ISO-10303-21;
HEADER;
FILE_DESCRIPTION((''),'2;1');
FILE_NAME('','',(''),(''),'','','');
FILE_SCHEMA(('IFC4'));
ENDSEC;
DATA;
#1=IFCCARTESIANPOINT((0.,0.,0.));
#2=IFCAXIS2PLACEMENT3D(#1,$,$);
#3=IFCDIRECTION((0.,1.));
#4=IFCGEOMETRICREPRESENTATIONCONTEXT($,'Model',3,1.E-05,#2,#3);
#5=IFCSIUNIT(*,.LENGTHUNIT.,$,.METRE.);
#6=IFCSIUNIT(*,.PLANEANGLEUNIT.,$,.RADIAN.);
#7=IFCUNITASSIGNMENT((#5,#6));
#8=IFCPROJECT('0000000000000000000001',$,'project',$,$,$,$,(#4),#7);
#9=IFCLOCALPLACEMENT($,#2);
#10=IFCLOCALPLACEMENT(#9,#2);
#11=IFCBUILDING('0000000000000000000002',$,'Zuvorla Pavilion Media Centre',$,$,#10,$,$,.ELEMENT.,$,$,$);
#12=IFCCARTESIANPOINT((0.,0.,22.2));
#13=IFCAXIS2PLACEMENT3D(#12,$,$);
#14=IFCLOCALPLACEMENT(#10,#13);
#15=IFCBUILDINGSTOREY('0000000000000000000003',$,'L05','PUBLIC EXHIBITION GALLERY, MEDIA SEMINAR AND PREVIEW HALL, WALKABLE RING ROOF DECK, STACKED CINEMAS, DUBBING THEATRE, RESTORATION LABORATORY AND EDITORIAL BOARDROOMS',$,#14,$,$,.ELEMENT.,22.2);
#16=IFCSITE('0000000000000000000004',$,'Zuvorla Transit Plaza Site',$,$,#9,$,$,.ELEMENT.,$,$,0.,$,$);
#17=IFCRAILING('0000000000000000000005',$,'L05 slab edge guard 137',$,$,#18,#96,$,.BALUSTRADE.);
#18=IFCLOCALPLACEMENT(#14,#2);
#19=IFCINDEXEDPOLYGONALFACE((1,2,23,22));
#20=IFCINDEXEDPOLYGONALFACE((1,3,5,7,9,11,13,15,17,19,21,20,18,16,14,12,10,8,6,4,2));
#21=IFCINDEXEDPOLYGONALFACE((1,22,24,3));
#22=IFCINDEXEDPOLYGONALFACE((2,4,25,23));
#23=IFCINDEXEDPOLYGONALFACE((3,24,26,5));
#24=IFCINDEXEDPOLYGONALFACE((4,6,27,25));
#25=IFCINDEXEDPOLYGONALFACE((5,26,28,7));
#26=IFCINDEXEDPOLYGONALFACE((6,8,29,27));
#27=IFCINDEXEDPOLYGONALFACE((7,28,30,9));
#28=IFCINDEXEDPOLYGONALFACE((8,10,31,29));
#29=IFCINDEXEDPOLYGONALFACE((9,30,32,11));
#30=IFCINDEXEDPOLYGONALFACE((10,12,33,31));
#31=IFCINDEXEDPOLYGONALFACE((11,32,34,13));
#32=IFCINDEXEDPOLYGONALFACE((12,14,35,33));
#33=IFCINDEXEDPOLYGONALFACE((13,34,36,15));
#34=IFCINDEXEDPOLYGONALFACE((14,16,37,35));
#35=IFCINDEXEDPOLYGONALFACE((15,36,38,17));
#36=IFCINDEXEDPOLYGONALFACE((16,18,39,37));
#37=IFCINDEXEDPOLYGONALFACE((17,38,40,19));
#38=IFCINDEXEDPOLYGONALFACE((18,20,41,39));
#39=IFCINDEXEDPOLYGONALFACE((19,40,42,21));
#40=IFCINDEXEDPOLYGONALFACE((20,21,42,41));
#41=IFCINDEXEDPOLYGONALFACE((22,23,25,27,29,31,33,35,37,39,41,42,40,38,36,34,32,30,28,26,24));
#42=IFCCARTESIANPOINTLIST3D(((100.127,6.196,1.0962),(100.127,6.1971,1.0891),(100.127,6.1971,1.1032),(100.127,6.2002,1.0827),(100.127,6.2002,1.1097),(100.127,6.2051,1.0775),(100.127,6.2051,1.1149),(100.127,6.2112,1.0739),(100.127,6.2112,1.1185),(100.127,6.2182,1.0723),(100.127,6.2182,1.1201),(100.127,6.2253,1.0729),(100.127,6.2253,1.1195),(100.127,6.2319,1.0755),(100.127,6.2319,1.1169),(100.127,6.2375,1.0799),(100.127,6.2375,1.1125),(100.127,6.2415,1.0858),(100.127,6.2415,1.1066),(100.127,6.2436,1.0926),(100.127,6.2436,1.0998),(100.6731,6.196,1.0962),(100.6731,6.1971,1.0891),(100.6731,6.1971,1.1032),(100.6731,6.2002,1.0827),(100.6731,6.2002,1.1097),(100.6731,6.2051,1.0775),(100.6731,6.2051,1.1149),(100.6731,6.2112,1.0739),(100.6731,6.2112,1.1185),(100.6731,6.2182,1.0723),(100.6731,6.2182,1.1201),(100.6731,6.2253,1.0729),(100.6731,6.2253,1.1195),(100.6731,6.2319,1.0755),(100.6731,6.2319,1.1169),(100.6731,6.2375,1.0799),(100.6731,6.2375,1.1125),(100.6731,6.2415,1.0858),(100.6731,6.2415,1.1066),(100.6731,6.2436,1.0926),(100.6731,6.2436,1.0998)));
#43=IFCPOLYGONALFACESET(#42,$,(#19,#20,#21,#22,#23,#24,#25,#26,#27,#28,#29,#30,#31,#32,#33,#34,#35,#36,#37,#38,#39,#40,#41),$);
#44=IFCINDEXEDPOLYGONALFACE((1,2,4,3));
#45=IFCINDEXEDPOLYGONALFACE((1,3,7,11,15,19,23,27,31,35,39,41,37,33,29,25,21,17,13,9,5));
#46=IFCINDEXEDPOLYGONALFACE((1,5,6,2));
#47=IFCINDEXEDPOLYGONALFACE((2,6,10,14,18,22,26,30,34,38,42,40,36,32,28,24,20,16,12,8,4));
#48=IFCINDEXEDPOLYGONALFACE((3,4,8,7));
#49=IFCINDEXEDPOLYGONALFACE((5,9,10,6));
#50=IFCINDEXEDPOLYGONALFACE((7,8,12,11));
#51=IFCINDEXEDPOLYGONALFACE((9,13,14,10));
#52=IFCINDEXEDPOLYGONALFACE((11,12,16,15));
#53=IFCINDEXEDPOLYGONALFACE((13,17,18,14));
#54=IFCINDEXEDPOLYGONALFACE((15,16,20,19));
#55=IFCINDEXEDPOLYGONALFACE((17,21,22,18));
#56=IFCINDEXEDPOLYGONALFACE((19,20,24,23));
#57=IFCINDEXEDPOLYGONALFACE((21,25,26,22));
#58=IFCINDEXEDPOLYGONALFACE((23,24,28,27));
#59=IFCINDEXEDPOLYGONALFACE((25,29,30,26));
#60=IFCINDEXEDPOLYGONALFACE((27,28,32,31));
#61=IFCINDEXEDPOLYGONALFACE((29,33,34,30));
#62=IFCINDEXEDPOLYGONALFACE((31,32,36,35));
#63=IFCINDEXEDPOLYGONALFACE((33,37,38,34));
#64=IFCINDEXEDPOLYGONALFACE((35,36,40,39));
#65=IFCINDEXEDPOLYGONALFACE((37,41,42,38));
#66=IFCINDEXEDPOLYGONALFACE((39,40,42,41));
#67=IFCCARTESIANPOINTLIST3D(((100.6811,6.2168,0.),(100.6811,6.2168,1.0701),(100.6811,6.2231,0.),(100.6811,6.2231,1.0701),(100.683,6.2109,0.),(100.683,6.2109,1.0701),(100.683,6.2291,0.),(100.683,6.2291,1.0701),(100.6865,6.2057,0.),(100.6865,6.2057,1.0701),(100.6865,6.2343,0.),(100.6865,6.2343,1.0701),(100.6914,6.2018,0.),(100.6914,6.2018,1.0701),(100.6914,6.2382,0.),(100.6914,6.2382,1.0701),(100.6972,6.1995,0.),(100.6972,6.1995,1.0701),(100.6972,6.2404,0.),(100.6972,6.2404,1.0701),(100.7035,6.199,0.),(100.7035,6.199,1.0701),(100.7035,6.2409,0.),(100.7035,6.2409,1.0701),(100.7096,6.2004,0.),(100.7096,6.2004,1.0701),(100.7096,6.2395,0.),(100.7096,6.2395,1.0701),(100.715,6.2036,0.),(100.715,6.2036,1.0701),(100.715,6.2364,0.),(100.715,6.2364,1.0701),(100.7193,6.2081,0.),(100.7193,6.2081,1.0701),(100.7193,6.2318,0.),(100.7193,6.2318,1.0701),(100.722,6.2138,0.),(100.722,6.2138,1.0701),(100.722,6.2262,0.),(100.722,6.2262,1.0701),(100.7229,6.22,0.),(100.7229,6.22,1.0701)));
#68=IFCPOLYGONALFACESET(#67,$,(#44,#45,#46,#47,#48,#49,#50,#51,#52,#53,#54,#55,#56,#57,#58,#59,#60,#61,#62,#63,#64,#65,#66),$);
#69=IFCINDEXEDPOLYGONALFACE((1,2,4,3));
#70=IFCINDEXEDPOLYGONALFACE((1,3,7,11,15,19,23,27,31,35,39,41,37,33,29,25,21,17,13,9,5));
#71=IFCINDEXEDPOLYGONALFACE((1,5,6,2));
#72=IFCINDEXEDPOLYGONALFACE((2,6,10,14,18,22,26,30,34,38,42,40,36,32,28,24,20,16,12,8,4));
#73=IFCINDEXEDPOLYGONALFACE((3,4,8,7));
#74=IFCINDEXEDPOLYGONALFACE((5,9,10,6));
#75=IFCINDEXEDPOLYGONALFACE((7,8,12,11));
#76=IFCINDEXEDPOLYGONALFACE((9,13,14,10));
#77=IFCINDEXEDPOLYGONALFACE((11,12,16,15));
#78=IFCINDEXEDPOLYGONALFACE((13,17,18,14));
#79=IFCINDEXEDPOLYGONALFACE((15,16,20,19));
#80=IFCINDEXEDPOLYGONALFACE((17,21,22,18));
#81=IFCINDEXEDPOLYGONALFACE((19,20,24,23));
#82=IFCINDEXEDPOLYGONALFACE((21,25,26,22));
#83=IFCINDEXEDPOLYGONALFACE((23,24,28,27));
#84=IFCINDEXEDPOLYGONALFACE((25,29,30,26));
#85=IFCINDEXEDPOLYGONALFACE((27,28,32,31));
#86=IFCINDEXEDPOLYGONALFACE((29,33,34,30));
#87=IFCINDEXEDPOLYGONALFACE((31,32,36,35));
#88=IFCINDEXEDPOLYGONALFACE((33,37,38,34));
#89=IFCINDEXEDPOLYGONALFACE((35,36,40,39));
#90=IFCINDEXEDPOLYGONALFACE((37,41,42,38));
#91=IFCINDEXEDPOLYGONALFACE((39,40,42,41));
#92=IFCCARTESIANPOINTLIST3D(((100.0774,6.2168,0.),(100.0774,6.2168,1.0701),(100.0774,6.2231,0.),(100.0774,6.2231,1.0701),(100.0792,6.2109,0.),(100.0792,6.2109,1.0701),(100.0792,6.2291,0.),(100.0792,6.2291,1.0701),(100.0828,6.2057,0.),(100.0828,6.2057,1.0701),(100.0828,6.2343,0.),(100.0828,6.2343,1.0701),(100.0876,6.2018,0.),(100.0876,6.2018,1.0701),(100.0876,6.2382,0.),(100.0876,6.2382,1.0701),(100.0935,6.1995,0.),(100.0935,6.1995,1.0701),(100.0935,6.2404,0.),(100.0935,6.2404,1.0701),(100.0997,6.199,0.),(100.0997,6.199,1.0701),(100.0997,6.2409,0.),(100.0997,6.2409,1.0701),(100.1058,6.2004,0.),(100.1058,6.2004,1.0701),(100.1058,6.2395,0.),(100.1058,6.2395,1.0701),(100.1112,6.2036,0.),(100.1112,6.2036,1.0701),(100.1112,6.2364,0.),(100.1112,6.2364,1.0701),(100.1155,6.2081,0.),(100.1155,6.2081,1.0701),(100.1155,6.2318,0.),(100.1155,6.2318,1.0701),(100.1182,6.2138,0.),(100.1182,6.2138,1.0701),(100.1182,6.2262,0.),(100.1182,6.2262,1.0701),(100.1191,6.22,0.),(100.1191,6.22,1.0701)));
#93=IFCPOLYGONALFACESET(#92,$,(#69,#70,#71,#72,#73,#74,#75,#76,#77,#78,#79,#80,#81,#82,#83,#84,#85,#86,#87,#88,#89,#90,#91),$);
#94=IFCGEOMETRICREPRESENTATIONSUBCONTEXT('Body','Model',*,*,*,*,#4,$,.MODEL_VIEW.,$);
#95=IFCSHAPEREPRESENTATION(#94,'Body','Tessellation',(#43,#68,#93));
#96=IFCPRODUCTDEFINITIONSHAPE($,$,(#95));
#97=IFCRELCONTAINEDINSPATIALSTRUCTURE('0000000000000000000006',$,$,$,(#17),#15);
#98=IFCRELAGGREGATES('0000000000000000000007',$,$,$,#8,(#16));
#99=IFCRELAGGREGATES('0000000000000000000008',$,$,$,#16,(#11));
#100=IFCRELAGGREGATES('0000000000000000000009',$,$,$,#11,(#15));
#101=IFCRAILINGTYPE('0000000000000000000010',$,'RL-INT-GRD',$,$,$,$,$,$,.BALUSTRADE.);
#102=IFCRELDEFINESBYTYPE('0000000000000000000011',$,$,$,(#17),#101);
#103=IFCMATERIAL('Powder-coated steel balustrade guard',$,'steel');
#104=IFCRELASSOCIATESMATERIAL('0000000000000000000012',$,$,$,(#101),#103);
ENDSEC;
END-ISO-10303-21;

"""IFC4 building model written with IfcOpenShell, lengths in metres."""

from ifc_helpers import new_model, si_unit, direction, frame, origin, origin_2d, place, context, subcontext, project, spatial, circle, extrude, material, type_object, element, save


model = new_model("IFC4")

# Units and contexts
model_context = context("Model", 3, precision=1e-05, world=origin(), true_north=direction((0.0, 1.0)))
body_context = subcontext(model_context, "Body", "Model", "MODEL_VIEW")
ifc_project = project(units=[si_unit("LENGTHUNIT", "METRE"), si_unit("PLANEANGLEUNIT", "RADIAN")], contexts=[model_context])

# Site, building, storey
site_placement = place(None, origin())
site = spatial("IfcSite", under=ifc_project, at=site_placement, Name="Zuvorla Transit Plaza Site", CompositionType="ELEMENT", RefElevation=0.0)
building_placement = place(site_placement, origin())
building = spatial("IfcBuilding", under=site, at=building_placement, Name="Zuvorla Pavilion Media Centre", CompositionType="ELEMENT")
storey_placement = place(building_placement, frame((0.0, 0.0, 22.2)))
storey = spatial("IfcBuildingStorey", under=building, at=storey_placement, Name="L05", Description="PUBLIC EXHIBITION GALLERY, MEDIA SEMINAR AND PREVIEW HALL, WALKABLE RING ROOF DECK, STACKED CINEMAS, DUBBING THEATRE, RESTORATION LABORATORY AND EDITORIAL BOARDROOMS", CompositionType="ELEMENT", Elevation=22.2)

# Railing
ifc_material_1 = material(Name="Powder-coated steel balustrade guard", Category="steel")
railing_type = type_object("IfcRailingType", Name="RL-INT-GRD", PredefinedType="BALUSTRADE", material=ifc_material_1)
railing_1_placement = place(storey_placement, frame((100.7019, 6.22, 0.0)))
element("IfcRailing", 1, at=railing_1_placement, inside=storey, type_object=railing_type, Name="L05 slab edge guard 137", PredefinedType="BALUSTRADE", context=body_context, shape_type="SweptSolid", body=[
    extrude(circle(Radius=0.0239, at=origin_2d()), frame((-0.0288, 0.0, 1.0962), z_axis=(-1.0, 0.0, 0.0), x_axis=(0.0, -1.0, 0.0)), (0.0, 0.0, 1.0), 0.5461),
    extrude(circle(Radius=0.021, at=origin_2d()), origin(), (0.0, 0.0, 1.0), 1.0701),
    extrude(circle(Radius=0.021, at=origin_2d()), frame((-0.6038, 0.0, 0.0)), (0.0, 0.0, 1.0), 1.0701),
])

save(model, "model.ifc")
